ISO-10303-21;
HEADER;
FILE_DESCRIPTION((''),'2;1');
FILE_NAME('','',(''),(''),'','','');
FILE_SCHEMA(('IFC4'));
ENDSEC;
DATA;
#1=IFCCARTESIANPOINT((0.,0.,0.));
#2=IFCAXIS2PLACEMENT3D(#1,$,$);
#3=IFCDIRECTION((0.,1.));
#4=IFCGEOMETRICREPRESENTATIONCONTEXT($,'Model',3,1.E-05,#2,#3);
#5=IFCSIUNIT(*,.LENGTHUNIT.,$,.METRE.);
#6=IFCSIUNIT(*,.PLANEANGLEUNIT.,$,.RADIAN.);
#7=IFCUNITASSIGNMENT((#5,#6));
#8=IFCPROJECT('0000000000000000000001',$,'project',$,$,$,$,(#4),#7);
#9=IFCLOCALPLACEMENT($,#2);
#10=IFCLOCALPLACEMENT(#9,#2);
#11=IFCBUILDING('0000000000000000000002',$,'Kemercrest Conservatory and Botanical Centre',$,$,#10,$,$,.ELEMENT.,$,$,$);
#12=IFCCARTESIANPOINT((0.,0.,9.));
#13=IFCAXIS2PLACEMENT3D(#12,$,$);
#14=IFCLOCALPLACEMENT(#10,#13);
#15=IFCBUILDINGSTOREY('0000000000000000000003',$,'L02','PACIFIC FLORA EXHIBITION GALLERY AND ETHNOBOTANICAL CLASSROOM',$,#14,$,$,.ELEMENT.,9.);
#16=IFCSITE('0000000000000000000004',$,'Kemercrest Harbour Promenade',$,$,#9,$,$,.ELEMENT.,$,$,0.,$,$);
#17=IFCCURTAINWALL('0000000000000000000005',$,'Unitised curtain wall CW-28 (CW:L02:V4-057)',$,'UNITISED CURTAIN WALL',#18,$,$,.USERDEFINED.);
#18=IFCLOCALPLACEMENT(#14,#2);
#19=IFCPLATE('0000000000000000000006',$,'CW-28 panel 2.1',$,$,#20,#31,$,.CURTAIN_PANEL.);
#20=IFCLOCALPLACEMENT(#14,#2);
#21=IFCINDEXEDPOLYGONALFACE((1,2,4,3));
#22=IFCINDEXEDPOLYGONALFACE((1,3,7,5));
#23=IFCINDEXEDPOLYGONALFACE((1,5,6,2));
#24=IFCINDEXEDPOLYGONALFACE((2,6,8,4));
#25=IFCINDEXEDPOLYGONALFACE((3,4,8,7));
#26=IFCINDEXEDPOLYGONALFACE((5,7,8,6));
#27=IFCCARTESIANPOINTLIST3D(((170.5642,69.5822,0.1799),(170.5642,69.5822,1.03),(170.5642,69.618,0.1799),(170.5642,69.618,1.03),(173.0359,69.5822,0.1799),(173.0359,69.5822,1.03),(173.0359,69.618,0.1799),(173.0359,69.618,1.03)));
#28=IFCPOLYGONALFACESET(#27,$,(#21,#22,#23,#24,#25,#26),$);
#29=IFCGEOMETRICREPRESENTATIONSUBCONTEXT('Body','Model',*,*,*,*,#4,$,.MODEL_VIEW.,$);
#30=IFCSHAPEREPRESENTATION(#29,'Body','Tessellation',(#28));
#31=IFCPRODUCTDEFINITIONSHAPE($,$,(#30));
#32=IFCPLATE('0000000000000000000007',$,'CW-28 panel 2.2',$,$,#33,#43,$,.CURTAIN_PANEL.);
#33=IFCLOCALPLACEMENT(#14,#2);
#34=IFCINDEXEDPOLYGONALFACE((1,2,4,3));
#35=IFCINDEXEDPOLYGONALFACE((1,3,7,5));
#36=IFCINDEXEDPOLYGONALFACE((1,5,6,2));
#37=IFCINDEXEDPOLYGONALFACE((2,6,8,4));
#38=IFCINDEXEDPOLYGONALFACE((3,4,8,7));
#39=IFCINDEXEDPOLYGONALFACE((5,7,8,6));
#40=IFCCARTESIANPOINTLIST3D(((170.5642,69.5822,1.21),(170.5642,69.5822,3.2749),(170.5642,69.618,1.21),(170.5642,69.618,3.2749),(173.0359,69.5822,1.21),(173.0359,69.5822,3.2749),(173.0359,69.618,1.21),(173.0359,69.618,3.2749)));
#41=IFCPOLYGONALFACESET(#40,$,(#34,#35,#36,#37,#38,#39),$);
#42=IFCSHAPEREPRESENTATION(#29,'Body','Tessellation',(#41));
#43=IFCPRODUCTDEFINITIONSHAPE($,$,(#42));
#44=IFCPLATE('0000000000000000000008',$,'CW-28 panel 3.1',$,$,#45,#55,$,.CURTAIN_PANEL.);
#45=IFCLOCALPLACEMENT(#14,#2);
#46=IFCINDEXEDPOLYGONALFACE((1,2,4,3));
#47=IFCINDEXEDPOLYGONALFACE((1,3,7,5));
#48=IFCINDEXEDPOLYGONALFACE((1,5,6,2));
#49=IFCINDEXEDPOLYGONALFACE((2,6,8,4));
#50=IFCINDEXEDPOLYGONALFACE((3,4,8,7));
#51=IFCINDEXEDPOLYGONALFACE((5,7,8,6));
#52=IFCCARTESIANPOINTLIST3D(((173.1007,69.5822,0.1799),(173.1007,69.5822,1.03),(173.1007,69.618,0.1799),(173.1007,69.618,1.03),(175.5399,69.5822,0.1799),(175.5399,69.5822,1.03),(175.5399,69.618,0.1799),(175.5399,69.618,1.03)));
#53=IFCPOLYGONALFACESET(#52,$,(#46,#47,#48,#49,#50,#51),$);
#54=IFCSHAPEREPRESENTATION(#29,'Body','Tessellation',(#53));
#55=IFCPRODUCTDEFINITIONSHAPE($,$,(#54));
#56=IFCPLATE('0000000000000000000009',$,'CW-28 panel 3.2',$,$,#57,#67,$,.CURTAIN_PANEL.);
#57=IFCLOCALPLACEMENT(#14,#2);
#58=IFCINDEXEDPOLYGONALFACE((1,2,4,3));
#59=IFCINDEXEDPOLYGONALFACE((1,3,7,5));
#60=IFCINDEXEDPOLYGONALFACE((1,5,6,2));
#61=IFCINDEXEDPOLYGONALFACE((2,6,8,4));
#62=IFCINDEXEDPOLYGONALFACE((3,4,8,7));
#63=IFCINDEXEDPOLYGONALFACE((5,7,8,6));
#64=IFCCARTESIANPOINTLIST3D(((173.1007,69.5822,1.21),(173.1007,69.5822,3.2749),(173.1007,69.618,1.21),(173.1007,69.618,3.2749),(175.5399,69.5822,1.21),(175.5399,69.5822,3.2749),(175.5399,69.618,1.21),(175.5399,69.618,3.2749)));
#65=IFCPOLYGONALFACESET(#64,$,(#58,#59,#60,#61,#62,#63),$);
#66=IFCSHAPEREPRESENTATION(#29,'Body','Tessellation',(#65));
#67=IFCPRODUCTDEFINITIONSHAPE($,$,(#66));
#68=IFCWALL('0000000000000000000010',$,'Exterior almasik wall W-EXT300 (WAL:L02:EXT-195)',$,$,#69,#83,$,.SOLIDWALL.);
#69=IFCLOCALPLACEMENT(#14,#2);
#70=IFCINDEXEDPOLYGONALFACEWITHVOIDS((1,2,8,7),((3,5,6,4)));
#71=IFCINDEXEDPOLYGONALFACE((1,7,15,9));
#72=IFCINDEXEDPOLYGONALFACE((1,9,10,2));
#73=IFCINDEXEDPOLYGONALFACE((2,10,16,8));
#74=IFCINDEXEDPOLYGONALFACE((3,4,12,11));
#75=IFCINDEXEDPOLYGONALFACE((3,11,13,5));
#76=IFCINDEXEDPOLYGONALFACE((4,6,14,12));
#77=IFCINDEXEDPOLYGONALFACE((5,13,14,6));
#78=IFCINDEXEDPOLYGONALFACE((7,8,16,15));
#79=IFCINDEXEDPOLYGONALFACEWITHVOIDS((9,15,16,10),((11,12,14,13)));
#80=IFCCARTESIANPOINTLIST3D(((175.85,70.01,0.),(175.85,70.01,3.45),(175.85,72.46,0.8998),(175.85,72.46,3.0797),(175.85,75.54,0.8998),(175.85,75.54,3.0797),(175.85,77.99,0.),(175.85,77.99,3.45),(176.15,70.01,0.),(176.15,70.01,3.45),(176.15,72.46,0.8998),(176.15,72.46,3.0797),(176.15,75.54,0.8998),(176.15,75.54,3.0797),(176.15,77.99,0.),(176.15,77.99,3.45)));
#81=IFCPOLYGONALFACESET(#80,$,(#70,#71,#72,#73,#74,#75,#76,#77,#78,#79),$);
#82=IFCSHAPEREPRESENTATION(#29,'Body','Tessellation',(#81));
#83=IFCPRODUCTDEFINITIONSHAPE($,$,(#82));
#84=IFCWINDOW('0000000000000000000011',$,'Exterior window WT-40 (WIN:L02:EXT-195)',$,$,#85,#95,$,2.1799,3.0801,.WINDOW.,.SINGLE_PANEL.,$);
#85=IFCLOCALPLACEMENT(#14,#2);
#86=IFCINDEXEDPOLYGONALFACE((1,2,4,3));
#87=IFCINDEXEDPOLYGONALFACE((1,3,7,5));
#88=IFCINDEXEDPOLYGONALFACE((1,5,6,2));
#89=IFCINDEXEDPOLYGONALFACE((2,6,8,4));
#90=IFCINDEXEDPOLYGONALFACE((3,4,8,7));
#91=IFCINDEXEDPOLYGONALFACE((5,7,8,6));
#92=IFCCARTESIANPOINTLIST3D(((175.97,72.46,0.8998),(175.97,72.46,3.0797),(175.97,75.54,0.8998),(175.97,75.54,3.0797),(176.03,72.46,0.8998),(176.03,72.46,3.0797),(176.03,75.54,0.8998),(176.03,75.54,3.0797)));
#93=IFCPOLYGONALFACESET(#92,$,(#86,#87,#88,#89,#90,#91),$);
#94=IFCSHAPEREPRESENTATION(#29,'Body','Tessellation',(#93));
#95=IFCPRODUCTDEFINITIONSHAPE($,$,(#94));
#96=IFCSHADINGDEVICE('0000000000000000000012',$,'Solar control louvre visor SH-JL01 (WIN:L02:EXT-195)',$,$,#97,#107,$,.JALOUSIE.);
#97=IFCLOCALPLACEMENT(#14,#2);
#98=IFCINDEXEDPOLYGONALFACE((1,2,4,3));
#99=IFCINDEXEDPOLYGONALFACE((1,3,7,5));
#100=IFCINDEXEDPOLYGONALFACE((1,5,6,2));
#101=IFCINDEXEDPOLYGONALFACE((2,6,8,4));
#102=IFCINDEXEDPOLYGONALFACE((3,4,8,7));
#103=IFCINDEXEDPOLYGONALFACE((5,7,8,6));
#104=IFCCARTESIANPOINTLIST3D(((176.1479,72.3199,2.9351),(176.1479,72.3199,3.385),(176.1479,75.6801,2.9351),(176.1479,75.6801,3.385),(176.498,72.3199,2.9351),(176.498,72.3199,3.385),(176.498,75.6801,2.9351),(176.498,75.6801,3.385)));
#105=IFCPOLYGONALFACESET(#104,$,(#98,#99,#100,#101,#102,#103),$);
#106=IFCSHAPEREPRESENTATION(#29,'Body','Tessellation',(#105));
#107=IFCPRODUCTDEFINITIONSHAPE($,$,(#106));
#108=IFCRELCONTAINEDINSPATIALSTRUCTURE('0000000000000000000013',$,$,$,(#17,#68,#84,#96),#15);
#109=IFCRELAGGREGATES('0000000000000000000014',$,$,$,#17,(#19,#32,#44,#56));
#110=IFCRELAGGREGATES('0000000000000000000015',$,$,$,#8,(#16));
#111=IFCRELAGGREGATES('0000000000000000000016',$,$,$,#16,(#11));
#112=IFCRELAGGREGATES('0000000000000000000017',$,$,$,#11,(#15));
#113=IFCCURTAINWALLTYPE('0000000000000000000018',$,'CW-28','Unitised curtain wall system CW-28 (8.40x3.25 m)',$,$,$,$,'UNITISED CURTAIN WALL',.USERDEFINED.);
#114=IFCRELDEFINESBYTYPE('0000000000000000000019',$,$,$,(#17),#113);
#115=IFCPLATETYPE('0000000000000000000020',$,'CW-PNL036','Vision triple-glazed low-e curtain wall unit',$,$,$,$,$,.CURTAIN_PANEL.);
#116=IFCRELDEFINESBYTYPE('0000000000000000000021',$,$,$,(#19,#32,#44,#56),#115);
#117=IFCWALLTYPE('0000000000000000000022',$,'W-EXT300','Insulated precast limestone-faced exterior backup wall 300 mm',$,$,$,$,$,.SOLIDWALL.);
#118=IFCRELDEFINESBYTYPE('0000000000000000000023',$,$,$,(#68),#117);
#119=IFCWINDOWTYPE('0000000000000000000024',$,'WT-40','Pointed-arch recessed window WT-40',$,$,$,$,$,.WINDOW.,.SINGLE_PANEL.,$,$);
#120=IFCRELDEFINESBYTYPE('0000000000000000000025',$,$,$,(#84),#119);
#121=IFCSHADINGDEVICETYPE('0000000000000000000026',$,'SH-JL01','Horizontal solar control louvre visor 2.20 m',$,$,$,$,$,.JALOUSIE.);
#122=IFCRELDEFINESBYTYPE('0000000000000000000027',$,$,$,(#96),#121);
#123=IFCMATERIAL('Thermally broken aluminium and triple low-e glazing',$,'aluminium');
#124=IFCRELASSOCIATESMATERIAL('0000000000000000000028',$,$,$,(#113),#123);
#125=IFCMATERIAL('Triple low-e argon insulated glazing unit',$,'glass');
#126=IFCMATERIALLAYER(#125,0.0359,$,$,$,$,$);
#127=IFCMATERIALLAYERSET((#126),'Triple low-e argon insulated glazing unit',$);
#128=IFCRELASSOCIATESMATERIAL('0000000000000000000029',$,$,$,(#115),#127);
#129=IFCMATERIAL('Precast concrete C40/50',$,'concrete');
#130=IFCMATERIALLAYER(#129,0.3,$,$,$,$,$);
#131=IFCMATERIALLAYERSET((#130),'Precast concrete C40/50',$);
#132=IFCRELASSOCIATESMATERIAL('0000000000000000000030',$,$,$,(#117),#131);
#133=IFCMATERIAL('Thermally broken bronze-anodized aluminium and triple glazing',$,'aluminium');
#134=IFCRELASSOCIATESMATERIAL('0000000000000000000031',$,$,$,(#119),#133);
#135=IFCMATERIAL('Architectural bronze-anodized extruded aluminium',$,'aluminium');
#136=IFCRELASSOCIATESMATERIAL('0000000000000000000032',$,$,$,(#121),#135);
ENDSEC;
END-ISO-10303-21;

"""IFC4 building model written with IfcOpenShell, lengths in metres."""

from ifc_helpers import new_model, si_unit, direction, frame, frame_2d, origin, origin_2d, place, context, subcontext, project, spatial, rectangle, extrude, material, layer, layer_set, type_object, element, fill, aggregate, save


model = new_model("IFC4")

# Units and contexts
model_context = context("Model", 3, precision=1e-05, world=origin(), true_north=direction((0.0, 1.0)))
body_context = subcontext(model_context, "Body", "Model", "MODEL_VIEW")
ifc_project = project(units=[si_unit("LENGTHUNIT", "METRE"), si_unit("PLANEANGLEUNIT", "RADIAN")], contexts=[model_context])

# Site, building, storey
site_placement = place(None, origin())
site = spatial("IfcSite", under=ifc_project, at=site_placement, Name="Kemercrest Harbour Promenade", CompositionType="ELEMENT", RefElevation=0.0)
building_placement = place(site_placement, origin())
building = spatial("IfcBuilding", under=site, at=building_placement, Name="Kemercrest Conservatory and Botanical Centre", CompositionType="ELEMENT")
storey_placement = place(building_placement, frame((0.0, 0.0, 9.0)))
storey = spatial("IfcBuildingStorey", under=building, at=storey_placement, Name="L02", Description="PACIFIC FLORA EXHIBITION GALLERY AND ETHNOBOTANICAL CLASSROOM", CompositionType="ELEMENT", Elevation=9.0)

# Curtain wall
ifc_material_1 = material(Name="Thermally broken aluminium and triple low-e glazing", Category="aluminium")
curtain_wall_type = type_object("IfcCurtainWallType", Name="CW-28", Description="Unitised curtain wall system CW-28 (8.40x3.25 m)", ElementType="UNITISED CURTAIN WALL", PredefinedType="USERDEFINED", material=ifc_material_1)
curtain_wall_placement = place(storey_placement, origin())
curtain_wall = element("IfcCurtainWall", 1, at=curtain_wall_placement, inside=storey, type_object=curtain_wall_type, Name="Unitised curtain wall CW-28 (CW:L02:V4-057)", ObjectType="UNITISED CURTAIN WALL", PredefinedType="USERDEFINED")

# Plates
ifc_material_2 = material(Name="Triple low-e argon insulated glazing unit", Category="glass")
ifc_layer_1 = layer(ifc_material_2, 0.0359)
ifc_layer_set_1 = layer_set([ifc_layer_1], Name="Triple low-e argon insulated glazing unit")
plate_type = type_object("IfcPlateType", Name="CW-PNL036", Description="Vision triple-glazed low-e curtain wall unit", PredefinedType="CURTAIN_PANEL", material=ifc_layer_set_1)
plate_1_placement = place(storey_placement, frame((171.8, 69.6001, 0.1799), z_axis=(0.0, 0.0, 1.0), x_axis=(1.0, 0.0, 0.0)))
plate_1 = element("IfcPlate", 2, at=plate_1_placement, type_object=plate_type, Name="CW-28 panel 2.1", PredefinedType="CURTAIN_PANEL", context=body_context, shape_type="SweptSolid", body=[
    extrude(rectangle(XDim=2.4717, YDim=0.0359, at=origin_2d()), origin(), (0.0, 0.0, 1.0), 0.8501),
])
plate_2_placement = place(storey_placement, frame((171.8, 69.6001, 1.21), z_axis=(0.0, 0.0, 1.0), x_axis=(1.0, 0.0, 0.0)))
plate_2 = element("IfcPlate", 3, at=plate_2_placement, type_object=plate_type, Name="CW-28 panel 2.2", PredefinedType="CURTAIN_PANEL", context=body_context, shape_type="SweptSolid", body=[
    extrude(rectangle(XDim=2.4717, YDim=0.0359, at=origin_2d()), origin(), (0.0, 0.0, 1.0), 2.0649),
])
plate_3_placement = place(storey_placement, frame((174.3203, 69.6001, 0.1799), z_axis=(0.0, 0.0, 1.0), x_axis=(1.0, 0.0, 0.0)))
plate_3 = element("IfcPlate", 4, at=plate_3_placement, type_object=plate_type, Name="CW-28 panel 3.1", PredefinedType="CURTAIN_PANEL", context=body_context, shape_type="SweptSolid", body=[
    extrude(rectangle(XDim=2.4392, YDim=0.0359, at=origin_2d()), origin(), (0.0, 0.0, 1.0), 0.8501),
])
plate_4_placement = place(storey_placement, frame((174.3203, 69.6001, 1.21), z_axis=(0.0, 0.0, 1.0), x_axis=(1.0, 0.0, 0.0)))
plate_4 = element("IfcPlate", 5, at=plate_4_placement, type_object=plate_type, Name="CW-28 panel 3.2", PredefinedType="CURTAIN_PANEL", context=body_context, shape_type="SweptSolid", body=[
    extrude(rectangle(XDim=2.4392, YDim=0.0359, at=origin_2d()), origin(), (0.0, 0.0, 1.0), 2.0649),
])
aggregate(curtain_wall, [plate_1, plate_2, plate_3, plate_4])

# Wall, opening, window
ifc_material_3 = material(Name="Precast concrete C40/50", Category="concrete")
ifc_layer_2 = layer(ifc_material_3, 0.3)
ifc_layer_set_2 = layer_set([ifc_layer_2], Name="Precast concrete C40/50")
wall_type = type_object("IfcWallType", Name="W-EXT300", Description="Insulated precast limestone-faced exterior backup wall 300 mm", PredefinedType="SOLIDWALL", material=ifc_layer_set_2)
wall_placement = place(storey_placement, frame((176.0, 70.01, 0.0), z_axis=(0.0, 0.0, 1.0), x_axis=(0.0, 1.0, 0.0)))
wall = element("IfcWall", 6, at=wall_placement, inside=storey, type_object=wall_type, Name="Exterior almasik wall W-EXT300 (WAL:L02:EXT-195)", PredefinedType="SOLIDWALL", context=body_context, shape_type="SweptSolid", body=[
    extrude(rectangle(XDim=7.98, YDim=0.3, at=frame_2d((3.99, 0.0))), origin(), (0.0, 0.0, 1.0), 3.45),
])
opening_placement = place(wall_placement, frame((2.45, 0.0, 0.8999)))
opening = element("IfcOpeningElement", 7, at=opening_placement, cuts=wall, PredefinedType="OPENING", context=body_context, shape_type="SweptSolid", body=[
    extrude(rectangle(XDim=3.0801, YDim=2.1799, at=frame_2d((1.54, 1.0898))), frame((0.0, 0.1602, 0.0), z_axis=(0.0, -1.0, 0.0), x_axis=(1.0, 0.0, 0.0)), (0.0, 0.0, 1.0), 0.3201),
])
ifc_material_4 = material(Name="Thermally broken bronze-anodized aluminium and triple glazing", Category="aluminium")
window_type = type_object("IfcWindowType", Name="WT-40", Description="Pointed-arch recessed window WT-40", PartitioningType="SINGLE_PANEL", PredefinedType="WINDOW", material=ifc_material_4)
window_placement = place(opening_placement, origin())
window = element("IfcWindow", 8, at=window_placement, inside=storey, type_object=window_type, Name="Exterior window WT-40 (WIN:L02:EXT-195)", OverallHeight=2.1799, OverallWidth=3.0801, PartitioningType="SINGLE_PANEL", PredefinedType="WINDOW", context=body_context, shape_type="SweptSolid", body=[
    extrude(rectangle(XDim=3.0801, YDim=2.1799, at=frame_2d((1.54, 1.0898))), frame((0.0, 0.03, 0.0), z_axis=(0.0, -1.0, 0.0), x_axis=(1.0, 0.0, 0.0)), (0.0, 0.0, 1.0), 0.0601),
])
fill(opening, window)

# Shading device
ifc_material_5 = material(Name="Architectural bronze-anodized extruded aluminium", Category="aluminium")
shading_device_type = type_object("IfcShadingDeviceType", Name="SH-JL01", Description="Horizontal solar control louvre visor 2.20 m", PredefinedType="JALOUSIE", material=ifc_material_5)
shading_device_placement = place(storey_placement, frame((176.323, 74.0, 2.9351), z_axis=(0.0, 0.0, 1.0), x_axis=(0.0, 1.0, 0.0)))
element("IfcShadingDevice", 9, at=shading_device_placement, inside=storey, type_object=shading_device_type, Name="Solar control louvre visor SH-JL01 (WIN:L02:EXT-195)", PredefinedType="JALOUSIE", context=body_context, shape_type="SweptSolid", body=[
    extrude(rectangle(XDim=3.3601, YDim=0.3501, at=origin_2d()), origin(), (0.0, 0.0, 1.0), 0.45),
])

save(model, "model.ifc")
